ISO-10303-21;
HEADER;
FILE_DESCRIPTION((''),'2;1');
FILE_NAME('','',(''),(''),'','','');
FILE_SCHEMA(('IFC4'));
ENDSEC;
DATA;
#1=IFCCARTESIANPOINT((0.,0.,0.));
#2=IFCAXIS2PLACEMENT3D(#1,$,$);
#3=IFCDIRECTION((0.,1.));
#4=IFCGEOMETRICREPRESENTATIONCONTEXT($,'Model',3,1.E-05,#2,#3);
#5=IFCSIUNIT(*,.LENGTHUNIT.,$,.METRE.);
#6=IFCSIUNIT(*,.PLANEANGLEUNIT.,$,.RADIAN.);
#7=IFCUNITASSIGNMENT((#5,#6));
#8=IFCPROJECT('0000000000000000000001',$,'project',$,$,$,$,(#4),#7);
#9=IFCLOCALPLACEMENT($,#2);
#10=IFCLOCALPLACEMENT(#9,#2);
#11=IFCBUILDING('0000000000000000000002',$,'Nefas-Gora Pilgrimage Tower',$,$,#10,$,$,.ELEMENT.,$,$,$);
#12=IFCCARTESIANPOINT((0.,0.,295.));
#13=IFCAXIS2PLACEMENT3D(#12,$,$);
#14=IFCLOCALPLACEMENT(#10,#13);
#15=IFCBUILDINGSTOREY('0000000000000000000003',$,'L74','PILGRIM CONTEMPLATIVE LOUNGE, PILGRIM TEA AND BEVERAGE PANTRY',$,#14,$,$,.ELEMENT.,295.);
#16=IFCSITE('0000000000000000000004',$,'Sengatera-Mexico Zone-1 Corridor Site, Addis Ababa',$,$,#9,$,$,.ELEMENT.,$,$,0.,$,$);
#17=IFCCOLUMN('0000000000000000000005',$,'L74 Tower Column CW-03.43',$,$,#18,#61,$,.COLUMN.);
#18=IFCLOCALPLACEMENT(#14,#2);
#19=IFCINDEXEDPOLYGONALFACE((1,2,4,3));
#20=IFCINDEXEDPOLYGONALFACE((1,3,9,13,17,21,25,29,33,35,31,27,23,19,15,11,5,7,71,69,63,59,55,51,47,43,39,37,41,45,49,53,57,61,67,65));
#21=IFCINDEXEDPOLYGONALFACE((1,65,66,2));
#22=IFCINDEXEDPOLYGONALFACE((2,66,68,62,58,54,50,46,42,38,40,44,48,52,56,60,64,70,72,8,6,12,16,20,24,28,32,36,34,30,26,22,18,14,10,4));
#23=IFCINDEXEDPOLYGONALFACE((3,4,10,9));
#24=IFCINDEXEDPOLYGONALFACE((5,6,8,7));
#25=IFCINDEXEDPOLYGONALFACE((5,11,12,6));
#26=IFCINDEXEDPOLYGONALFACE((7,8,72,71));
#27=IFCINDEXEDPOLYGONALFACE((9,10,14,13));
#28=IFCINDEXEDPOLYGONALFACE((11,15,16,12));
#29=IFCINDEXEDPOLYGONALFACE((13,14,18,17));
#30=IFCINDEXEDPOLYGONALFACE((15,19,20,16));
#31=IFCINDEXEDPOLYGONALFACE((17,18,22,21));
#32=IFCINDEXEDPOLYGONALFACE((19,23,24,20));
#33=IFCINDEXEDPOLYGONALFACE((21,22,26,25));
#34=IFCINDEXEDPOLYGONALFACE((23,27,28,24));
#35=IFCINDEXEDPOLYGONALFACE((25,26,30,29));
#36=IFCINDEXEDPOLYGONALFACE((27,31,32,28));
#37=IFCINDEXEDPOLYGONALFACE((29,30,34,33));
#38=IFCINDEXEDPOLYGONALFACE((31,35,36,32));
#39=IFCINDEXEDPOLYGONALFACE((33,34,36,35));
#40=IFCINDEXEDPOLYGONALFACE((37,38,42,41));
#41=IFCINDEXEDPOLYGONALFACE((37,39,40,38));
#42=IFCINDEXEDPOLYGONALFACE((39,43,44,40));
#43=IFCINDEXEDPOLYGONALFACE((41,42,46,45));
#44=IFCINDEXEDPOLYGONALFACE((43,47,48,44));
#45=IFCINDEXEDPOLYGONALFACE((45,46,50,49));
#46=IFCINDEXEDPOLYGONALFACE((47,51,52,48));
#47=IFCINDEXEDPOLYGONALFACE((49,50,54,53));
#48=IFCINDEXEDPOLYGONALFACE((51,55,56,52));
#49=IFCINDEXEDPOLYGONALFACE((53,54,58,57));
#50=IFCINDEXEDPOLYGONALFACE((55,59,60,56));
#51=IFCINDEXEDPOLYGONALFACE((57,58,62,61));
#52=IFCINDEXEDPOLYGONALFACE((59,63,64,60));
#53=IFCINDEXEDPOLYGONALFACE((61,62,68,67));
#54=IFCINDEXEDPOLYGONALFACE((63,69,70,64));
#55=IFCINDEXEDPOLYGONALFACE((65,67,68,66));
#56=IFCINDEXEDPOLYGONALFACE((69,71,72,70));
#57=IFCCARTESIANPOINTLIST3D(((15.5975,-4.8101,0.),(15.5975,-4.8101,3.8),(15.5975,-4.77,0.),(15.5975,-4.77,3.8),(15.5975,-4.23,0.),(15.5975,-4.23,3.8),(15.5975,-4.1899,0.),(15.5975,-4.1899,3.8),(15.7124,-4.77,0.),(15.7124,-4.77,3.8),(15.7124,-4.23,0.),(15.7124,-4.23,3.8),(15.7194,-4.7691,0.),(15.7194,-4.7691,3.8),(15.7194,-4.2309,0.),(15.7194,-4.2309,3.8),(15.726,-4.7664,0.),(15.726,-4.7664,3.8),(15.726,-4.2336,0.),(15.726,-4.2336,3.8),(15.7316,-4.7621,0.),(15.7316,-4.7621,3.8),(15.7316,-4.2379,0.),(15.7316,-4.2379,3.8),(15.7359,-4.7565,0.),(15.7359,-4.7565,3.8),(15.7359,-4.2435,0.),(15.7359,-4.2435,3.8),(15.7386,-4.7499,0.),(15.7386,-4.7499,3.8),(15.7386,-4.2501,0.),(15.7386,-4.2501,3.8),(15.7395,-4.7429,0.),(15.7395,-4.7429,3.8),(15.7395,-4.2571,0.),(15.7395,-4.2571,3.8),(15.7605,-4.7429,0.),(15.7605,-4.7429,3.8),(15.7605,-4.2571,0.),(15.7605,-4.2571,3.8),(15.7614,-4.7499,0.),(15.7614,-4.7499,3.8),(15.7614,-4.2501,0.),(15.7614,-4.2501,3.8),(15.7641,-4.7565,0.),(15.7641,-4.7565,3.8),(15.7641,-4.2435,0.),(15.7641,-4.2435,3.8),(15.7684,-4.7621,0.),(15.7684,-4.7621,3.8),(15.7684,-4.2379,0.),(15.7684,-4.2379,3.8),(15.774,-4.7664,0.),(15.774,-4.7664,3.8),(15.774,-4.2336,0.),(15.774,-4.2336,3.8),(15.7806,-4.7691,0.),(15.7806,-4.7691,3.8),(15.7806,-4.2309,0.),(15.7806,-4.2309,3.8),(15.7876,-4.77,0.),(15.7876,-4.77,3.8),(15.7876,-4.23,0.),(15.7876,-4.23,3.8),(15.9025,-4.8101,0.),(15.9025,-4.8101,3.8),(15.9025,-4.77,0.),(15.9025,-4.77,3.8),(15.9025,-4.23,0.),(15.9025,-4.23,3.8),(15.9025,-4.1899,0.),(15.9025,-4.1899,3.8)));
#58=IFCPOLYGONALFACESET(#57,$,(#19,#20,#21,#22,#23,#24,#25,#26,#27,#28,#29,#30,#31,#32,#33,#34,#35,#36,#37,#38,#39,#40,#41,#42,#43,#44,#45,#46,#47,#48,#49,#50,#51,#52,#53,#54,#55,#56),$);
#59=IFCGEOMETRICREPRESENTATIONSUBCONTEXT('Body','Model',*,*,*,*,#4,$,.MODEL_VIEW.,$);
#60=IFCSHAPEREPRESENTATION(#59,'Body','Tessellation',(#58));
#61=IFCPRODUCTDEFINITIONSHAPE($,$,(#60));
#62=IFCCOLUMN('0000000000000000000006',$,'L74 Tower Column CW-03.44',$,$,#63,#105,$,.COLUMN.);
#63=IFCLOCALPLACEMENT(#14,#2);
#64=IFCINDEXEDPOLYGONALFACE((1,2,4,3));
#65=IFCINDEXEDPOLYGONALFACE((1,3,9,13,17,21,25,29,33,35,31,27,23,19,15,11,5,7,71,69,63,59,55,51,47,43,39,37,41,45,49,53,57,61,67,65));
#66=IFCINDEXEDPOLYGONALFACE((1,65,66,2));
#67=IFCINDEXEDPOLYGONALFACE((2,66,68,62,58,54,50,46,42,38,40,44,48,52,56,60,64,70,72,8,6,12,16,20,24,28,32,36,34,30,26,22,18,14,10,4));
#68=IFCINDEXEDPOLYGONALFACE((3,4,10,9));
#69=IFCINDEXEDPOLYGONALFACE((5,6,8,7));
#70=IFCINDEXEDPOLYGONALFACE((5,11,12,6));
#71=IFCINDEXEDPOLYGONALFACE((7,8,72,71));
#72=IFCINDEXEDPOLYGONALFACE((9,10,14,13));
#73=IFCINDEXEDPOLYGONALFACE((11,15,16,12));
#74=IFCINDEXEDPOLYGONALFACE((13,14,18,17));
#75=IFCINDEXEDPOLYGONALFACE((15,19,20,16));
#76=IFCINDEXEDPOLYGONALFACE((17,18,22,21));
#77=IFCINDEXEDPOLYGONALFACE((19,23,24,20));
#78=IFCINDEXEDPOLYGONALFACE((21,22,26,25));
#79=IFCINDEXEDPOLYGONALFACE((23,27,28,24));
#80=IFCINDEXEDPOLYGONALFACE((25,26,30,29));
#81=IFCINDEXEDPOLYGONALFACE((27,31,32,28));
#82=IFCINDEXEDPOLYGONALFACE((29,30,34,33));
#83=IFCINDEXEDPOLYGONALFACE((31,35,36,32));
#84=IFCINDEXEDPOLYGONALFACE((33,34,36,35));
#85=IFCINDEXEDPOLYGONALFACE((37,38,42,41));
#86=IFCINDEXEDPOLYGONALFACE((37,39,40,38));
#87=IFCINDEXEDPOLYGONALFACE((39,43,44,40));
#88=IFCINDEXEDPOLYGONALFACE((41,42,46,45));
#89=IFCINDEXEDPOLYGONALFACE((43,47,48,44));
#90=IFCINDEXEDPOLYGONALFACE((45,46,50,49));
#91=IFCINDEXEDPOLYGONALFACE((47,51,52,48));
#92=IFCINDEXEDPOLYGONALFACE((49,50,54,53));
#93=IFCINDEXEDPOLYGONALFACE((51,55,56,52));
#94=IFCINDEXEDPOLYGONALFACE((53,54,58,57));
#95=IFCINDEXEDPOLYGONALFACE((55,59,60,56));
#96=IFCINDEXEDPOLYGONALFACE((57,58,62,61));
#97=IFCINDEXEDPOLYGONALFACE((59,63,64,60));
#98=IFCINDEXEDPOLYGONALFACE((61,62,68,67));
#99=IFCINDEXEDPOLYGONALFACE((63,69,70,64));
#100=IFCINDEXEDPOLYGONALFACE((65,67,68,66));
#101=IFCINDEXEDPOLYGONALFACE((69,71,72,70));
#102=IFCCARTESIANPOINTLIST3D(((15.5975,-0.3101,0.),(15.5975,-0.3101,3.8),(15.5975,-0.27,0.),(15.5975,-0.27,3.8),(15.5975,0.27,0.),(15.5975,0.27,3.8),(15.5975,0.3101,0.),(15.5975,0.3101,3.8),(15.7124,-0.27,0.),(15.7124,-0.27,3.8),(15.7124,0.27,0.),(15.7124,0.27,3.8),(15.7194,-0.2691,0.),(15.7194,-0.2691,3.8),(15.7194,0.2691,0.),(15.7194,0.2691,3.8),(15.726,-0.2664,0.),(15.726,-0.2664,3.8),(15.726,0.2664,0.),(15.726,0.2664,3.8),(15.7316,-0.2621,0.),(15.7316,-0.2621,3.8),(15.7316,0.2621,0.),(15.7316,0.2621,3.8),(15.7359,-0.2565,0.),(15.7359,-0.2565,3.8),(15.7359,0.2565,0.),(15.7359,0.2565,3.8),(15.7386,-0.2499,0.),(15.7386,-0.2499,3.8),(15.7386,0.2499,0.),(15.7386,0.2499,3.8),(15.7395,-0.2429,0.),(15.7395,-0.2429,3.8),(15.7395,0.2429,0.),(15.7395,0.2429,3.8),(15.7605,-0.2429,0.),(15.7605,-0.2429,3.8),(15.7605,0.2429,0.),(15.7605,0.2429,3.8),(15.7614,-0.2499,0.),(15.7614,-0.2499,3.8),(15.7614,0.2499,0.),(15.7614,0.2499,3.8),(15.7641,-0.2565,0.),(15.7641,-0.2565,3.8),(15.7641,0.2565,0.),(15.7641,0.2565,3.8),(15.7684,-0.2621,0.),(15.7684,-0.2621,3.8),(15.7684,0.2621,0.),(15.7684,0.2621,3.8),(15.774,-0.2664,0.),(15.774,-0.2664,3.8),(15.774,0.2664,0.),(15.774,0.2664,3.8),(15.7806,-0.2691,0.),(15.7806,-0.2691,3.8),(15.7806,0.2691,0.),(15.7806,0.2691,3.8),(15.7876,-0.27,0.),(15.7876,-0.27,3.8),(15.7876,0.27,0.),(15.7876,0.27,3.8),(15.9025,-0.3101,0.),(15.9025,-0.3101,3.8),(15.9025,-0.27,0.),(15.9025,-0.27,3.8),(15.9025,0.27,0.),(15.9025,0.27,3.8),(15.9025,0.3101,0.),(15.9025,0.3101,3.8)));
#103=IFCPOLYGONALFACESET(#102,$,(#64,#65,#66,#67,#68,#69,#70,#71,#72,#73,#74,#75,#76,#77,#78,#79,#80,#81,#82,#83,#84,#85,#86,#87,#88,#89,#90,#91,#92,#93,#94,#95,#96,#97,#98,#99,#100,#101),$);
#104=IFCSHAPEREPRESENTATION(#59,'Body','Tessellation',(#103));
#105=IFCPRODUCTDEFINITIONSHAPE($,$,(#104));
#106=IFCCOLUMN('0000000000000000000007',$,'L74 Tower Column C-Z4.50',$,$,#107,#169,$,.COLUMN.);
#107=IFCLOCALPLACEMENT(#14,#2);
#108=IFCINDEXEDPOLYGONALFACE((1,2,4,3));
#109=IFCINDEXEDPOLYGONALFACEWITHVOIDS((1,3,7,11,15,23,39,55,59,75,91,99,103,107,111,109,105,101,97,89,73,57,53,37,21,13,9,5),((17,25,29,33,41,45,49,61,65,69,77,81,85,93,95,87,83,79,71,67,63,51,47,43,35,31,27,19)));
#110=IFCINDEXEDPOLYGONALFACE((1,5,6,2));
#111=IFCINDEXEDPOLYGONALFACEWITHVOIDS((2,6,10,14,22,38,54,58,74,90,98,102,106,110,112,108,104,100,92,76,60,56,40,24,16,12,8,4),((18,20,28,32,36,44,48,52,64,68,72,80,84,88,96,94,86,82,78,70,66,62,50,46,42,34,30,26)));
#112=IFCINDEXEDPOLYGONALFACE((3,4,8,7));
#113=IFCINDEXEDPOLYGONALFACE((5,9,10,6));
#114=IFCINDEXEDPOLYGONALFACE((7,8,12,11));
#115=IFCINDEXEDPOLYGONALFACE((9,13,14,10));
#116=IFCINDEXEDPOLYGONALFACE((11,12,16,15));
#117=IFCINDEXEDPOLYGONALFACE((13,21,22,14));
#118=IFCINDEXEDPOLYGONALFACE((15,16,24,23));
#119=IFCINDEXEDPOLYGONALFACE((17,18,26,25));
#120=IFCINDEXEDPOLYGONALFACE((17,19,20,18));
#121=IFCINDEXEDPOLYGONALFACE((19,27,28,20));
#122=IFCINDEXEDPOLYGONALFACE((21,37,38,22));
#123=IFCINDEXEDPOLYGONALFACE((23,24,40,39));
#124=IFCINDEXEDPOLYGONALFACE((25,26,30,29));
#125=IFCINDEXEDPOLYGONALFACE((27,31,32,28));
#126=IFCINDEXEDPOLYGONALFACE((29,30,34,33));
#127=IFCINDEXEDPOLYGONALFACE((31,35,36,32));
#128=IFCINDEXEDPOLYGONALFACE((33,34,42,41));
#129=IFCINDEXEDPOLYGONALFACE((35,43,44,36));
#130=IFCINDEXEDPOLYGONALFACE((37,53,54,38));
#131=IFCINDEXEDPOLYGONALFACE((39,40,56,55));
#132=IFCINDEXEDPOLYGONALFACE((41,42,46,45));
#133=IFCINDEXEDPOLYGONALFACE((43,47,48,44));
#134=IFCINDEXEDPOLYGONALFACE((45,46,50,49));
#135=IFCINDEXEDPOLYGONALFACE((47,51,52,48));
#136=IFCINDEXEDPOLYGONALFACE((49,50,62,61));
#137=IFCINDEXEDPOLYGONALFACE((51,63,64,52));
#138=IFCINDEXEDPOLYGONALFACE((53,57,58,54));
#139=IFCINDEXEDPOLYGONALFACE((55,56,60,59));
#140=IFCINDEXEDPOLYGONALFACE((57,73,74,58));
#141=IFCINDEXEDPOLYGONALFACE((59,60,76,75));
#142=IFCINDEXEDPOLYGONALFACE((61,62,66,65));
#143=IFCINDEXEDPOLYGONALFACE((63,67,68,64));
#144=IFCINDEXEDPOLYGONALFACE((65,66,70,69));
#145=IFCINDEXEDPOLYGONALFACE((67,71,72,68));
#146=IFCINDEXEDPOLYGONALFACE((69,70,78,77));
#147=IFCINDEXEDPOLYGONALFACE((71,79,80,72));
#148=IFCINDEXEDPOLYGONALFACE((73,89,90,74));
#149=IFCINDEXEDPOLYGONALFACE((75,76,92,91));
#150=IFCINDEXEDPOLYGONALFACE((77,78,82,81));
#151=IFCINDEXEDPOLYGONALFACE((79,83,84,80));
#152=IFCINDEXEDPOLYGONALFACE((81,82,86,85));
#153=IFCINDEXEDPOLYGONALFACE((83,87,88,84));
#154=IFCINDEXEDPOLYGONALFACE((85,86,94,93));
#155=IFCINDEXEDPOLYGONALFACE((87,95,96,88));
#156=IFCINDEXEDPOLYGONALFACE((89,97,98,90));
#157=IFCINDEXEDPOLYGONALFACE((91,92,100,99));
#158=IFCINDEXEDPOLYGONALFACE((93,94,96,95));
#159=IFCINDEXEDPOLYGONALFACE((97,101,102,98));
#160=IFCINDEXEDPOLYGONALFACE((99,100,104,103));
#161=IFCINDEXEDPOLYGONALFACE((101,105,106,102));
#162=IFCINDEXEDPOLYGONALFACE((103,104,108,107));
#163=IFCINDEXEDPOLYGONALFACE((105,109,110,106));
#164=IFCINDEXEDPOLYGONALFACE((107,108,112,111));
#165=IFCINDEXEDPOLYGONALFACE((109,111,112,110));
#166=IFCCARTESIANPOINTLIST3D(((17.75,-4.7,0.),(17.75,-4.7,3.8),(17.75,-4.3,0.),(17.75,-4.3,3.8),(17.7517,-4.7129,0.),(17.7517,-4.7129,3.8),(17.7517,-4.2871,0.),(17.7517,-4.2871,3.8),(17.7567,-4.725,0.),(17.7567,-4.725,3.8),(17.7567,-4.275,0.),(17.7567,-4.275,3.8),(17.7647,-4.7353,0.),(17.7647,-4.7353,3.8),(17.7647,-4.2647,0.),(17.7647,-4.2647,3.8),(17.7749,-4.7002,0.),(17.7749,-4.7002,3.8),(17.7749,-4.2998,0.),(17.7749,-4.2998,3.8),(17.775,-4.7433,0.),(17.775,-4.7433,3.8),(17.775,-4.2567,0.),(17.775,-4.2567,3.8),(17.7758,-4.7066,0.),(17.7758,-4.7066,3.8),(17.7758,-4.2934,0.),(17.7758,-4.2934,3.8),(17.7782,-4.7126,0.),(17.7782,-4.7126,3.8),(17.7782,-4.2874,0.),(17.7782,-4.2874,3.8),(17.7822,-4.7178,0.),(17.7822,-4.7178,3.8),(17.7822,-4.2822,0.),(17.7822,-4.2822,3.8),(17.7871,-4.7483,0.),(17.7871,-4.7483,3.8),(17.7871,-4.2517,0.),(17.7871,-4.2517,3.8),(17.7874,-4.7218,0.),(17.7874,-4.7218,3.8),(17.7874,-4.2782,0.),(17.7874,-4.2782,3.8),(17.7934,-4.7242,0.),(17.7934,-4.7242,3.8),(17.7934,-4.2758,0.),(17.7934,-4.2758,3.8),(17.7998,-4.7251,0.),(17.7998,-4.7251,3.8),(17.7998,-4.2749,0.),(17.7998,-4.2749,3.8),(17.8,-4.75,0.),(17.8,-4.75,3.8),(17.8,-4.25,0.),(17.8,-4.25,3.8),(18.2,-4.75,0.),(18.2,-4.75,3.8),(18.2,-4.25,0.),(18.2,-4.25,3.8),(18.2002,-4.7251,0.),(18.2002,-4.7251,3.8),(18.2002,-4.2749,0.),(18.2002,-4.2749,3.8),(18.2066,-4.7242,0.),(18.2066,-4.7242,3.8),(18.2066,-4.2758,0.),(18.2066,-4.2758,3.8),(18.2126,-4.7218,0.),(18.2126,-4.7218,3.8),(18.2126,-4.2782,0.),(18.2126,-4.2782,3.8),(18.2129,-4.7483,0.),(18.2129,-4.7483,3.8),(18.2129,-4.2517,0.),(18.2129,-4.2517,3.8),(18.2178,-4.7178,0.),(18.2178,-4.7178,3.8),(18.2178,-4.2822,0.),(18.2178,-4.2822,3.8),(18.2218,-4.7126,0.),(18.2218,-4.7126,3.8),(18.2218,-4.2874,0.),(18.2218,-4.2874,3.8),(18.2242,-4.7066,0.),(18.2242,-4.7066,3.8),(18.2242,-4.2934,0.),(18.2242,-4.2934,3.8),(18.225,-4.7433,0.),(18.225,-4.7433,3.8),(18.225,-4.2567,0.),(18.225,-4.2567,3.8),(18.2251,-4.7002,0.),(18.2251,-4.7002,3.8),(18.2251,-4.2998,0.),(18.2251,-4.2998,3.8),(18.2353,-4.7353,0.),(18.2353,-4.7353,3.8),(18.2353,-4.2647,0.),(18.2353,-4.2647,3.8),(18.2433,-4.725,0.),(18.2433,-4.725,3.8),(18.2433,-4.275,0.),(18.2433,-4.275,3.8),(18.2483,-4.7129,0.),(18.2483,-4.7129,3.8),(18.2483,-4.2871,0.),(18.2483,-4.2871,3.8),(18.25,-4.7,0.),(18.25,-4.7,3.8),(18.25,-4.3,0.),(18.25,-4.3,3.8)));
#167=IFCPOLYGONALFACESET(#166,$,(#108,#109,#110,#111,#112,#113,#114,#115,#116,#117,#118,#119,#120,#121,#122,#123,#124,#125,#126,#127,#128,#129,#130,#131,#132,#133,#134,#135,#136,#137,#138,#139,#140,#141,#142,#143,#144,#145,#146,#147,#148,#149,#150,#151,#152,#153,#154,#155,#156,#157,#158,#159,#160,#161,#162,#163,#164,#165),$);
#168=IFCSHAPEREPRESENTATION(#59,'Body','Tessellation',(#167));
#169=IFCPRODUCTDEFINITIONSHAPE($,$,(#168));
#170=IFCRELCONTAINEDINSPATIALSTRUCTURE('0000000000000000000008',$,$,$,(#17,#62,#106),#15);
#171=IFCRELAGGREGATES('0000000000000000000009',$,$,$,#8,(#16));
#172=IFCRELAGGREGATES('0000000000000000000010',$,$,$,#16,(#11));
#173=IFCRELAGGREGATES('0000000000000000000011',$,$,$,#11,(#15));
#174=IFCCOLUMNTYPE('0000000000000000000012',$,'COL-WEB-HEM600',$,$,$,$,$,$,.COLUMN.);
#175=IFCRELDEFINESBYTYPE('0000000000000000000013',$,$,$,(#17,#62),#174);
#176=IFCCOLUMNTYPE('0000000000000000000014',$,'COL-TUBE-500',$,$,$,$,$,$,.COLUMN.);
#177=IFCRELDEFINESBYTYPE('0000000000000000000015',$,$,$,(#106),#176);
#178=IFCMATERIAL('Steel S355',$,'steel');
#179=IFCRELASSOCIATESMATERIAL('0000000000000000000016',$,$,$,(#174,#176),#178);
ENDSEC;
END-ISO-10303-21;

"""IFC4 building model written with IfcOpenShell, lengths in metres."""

from ifc_helpers import new_model, si_unit, direction, frame, origin, origin_2d, place, context, subcontext, project, spatial, hollow_rectangle, i_section, extrude, source, transform, mapped, material, material_profile, profile_set, type_object, element, save


model = new_model("IFC4")

# Units and contexts
model_context = context("Model", 3, precision=1e-05, world=origin(), true_north=direction((0.0, 1.0)))
body_context = subcontext(model_context, "Body", "Model", "MODEL_VIEW")
ifc_project = project(units=[si_unit("LENGTHUNIT", "METRE"), si_unit("PLANEANGLEUNIT", "RADIAN")], contexts=[model_context])

# Site, building, storey
site_placement = place(None, origin())
site = spatial("IfcSite", under=ifc_project, at=site_placement, Name="Sengatera-Mexico Zone-1 Corridor Site, Addis Ababa", CompositionType="ELEMENT", RefElevation=0.0)
building_placement = place(site_placement, origin())
building = spatial("IfcBuilding", under=site, at=building_placement, Name="Nefas-Gora Pilgrimage Tower", CompositionType="ELEMENT")
storey_placement = place(building_placement, frame((0.0, 0.0, 295.0)))
storey = spatial("IfcBuildingStorey", under=building, at=storey_placement, Name="L74", Description="PILGRIM CONTEMPLATIVE LOUNGE, PILGRIM TEA AND BEVERAGE PANTRY", CompositionType="ELEMENT", Elevation=295.0)

# Columns
ifc_material_1 = material(Name="Steel S355", Category="steel")
ifc_material_profile_1 = material_profile(ifc_material_1, i_section(OverallWidth=0.3049, OverallDepth=0.6201, WebThickness=0.021, FlangeThickness=0.04, FilletRadius=0.0271, at=origin_2d()), Name="HEM 600")
ifc_profile_set_1 = profile_set([ifc_material_profile_1], Name="Steel S355")
column_type_1 = type_object("IfcColumnType", Name="COL-WEB-HEM600", PredefinedType="COLUMN", material=ifc_profile_set_1)
shared_shape_1 = source(origin(), body_context, "Body", "SweptSolid", [
    extrude(i_section(OverallWidth=0.3049, OverallDepth=0.6201, WebThickness=0.021, FlangeThickness=0.04, FilletRadius=0.0271, at=origin_2d()), origin(), (0.0, 0.0, 1.0), 3.8),
])
for number, where, z_axis, x_axis, name in (
    (1, (15.75, -4.5, 0.0), (0.0, 0.0, 1.0), (1.0, 0.0, 0.0), "L74 Tower Column CW-03.43"),
    (2, (15.75, 0.0, 0.0), (0.0, 0.0, 1.0), (1.0, 0.0, 0.0), "L74 Tower Column CW-03.44"),
):
    element("IfcColumn", number, at=place(storey_placement, frame(where, z_axis=z_axis, x_axis=x_axis)), inside=storey, type_object=column_type_1, Name=name, PredefinedType="COLUMN", context=body_context, shape_type="MappedRepresentation", body=[
        mapped(shared_shape_1, transform((0.0, 0.0, 0.0), x_axis=(1.0, 0.0, 0.0), y_axis=(0.0, 1.0, 0.0), z_axis=(0.0, 0.0, 1.0), scale=1.0)),
    ])
ifc_material_profile_2 = material_profile(ifc_material_1, hollow_rectangle(XDim=0.5, YDim=0.5, WallThickness=0.0249, InnerFilletRadius=0.0249, OuterFilletRadius=0.05, at=origin_2d()), Name="SHS 500x500x25")
ifc_profile_set_2 = profile_set([ifc_material_profile_2], Name="Steel S355")
column_type_2 = type_object("IfcColumnType", Name="COL-TUBE-500", PredefinedType="COLUMN", material=ifc_profile_set_2)
shared_shape_2 = source(origin(), body_context, "Body", "SweptSolid", [
    extrude(hollow_rectangle(XDim=0.5, YDim=0.5, WallThickness=0.0249, InnerFilletRadius=0.0249, OuterFilletRadius=0.05, at=origin_2d()), origin(), (0.0, 0.0, 1.0), 3.8),
])
for number, where, z_axis, x_axis, name in (
    (3, (18.0, -4.5, 0.0), (0.0, 0.0, 1.0), (1.0, 0.0, 0.0), "L74 Tower Column C-Z4.50"),
):
    element("IfcColumn", number, at=place(storey_placement, frame(where, z_axis=z_axis, x_axis=x_axis)), inside=storey, type_object=column_type_2, Name=name, PredefinedType="COLUMN", context=body_context, shape_type="MappedRepresentation", body=[
        mapped(shared_shape_2, transform((0.0, 0.0, 0.0), x_axis=(1.0, 0.0, 0.0), y_axis=(0.0, 1.0, 0.0), z_axis=(0.0, 0.0, 1.0), scale=1.0)),
    ])

save(model, "model.ifc")
